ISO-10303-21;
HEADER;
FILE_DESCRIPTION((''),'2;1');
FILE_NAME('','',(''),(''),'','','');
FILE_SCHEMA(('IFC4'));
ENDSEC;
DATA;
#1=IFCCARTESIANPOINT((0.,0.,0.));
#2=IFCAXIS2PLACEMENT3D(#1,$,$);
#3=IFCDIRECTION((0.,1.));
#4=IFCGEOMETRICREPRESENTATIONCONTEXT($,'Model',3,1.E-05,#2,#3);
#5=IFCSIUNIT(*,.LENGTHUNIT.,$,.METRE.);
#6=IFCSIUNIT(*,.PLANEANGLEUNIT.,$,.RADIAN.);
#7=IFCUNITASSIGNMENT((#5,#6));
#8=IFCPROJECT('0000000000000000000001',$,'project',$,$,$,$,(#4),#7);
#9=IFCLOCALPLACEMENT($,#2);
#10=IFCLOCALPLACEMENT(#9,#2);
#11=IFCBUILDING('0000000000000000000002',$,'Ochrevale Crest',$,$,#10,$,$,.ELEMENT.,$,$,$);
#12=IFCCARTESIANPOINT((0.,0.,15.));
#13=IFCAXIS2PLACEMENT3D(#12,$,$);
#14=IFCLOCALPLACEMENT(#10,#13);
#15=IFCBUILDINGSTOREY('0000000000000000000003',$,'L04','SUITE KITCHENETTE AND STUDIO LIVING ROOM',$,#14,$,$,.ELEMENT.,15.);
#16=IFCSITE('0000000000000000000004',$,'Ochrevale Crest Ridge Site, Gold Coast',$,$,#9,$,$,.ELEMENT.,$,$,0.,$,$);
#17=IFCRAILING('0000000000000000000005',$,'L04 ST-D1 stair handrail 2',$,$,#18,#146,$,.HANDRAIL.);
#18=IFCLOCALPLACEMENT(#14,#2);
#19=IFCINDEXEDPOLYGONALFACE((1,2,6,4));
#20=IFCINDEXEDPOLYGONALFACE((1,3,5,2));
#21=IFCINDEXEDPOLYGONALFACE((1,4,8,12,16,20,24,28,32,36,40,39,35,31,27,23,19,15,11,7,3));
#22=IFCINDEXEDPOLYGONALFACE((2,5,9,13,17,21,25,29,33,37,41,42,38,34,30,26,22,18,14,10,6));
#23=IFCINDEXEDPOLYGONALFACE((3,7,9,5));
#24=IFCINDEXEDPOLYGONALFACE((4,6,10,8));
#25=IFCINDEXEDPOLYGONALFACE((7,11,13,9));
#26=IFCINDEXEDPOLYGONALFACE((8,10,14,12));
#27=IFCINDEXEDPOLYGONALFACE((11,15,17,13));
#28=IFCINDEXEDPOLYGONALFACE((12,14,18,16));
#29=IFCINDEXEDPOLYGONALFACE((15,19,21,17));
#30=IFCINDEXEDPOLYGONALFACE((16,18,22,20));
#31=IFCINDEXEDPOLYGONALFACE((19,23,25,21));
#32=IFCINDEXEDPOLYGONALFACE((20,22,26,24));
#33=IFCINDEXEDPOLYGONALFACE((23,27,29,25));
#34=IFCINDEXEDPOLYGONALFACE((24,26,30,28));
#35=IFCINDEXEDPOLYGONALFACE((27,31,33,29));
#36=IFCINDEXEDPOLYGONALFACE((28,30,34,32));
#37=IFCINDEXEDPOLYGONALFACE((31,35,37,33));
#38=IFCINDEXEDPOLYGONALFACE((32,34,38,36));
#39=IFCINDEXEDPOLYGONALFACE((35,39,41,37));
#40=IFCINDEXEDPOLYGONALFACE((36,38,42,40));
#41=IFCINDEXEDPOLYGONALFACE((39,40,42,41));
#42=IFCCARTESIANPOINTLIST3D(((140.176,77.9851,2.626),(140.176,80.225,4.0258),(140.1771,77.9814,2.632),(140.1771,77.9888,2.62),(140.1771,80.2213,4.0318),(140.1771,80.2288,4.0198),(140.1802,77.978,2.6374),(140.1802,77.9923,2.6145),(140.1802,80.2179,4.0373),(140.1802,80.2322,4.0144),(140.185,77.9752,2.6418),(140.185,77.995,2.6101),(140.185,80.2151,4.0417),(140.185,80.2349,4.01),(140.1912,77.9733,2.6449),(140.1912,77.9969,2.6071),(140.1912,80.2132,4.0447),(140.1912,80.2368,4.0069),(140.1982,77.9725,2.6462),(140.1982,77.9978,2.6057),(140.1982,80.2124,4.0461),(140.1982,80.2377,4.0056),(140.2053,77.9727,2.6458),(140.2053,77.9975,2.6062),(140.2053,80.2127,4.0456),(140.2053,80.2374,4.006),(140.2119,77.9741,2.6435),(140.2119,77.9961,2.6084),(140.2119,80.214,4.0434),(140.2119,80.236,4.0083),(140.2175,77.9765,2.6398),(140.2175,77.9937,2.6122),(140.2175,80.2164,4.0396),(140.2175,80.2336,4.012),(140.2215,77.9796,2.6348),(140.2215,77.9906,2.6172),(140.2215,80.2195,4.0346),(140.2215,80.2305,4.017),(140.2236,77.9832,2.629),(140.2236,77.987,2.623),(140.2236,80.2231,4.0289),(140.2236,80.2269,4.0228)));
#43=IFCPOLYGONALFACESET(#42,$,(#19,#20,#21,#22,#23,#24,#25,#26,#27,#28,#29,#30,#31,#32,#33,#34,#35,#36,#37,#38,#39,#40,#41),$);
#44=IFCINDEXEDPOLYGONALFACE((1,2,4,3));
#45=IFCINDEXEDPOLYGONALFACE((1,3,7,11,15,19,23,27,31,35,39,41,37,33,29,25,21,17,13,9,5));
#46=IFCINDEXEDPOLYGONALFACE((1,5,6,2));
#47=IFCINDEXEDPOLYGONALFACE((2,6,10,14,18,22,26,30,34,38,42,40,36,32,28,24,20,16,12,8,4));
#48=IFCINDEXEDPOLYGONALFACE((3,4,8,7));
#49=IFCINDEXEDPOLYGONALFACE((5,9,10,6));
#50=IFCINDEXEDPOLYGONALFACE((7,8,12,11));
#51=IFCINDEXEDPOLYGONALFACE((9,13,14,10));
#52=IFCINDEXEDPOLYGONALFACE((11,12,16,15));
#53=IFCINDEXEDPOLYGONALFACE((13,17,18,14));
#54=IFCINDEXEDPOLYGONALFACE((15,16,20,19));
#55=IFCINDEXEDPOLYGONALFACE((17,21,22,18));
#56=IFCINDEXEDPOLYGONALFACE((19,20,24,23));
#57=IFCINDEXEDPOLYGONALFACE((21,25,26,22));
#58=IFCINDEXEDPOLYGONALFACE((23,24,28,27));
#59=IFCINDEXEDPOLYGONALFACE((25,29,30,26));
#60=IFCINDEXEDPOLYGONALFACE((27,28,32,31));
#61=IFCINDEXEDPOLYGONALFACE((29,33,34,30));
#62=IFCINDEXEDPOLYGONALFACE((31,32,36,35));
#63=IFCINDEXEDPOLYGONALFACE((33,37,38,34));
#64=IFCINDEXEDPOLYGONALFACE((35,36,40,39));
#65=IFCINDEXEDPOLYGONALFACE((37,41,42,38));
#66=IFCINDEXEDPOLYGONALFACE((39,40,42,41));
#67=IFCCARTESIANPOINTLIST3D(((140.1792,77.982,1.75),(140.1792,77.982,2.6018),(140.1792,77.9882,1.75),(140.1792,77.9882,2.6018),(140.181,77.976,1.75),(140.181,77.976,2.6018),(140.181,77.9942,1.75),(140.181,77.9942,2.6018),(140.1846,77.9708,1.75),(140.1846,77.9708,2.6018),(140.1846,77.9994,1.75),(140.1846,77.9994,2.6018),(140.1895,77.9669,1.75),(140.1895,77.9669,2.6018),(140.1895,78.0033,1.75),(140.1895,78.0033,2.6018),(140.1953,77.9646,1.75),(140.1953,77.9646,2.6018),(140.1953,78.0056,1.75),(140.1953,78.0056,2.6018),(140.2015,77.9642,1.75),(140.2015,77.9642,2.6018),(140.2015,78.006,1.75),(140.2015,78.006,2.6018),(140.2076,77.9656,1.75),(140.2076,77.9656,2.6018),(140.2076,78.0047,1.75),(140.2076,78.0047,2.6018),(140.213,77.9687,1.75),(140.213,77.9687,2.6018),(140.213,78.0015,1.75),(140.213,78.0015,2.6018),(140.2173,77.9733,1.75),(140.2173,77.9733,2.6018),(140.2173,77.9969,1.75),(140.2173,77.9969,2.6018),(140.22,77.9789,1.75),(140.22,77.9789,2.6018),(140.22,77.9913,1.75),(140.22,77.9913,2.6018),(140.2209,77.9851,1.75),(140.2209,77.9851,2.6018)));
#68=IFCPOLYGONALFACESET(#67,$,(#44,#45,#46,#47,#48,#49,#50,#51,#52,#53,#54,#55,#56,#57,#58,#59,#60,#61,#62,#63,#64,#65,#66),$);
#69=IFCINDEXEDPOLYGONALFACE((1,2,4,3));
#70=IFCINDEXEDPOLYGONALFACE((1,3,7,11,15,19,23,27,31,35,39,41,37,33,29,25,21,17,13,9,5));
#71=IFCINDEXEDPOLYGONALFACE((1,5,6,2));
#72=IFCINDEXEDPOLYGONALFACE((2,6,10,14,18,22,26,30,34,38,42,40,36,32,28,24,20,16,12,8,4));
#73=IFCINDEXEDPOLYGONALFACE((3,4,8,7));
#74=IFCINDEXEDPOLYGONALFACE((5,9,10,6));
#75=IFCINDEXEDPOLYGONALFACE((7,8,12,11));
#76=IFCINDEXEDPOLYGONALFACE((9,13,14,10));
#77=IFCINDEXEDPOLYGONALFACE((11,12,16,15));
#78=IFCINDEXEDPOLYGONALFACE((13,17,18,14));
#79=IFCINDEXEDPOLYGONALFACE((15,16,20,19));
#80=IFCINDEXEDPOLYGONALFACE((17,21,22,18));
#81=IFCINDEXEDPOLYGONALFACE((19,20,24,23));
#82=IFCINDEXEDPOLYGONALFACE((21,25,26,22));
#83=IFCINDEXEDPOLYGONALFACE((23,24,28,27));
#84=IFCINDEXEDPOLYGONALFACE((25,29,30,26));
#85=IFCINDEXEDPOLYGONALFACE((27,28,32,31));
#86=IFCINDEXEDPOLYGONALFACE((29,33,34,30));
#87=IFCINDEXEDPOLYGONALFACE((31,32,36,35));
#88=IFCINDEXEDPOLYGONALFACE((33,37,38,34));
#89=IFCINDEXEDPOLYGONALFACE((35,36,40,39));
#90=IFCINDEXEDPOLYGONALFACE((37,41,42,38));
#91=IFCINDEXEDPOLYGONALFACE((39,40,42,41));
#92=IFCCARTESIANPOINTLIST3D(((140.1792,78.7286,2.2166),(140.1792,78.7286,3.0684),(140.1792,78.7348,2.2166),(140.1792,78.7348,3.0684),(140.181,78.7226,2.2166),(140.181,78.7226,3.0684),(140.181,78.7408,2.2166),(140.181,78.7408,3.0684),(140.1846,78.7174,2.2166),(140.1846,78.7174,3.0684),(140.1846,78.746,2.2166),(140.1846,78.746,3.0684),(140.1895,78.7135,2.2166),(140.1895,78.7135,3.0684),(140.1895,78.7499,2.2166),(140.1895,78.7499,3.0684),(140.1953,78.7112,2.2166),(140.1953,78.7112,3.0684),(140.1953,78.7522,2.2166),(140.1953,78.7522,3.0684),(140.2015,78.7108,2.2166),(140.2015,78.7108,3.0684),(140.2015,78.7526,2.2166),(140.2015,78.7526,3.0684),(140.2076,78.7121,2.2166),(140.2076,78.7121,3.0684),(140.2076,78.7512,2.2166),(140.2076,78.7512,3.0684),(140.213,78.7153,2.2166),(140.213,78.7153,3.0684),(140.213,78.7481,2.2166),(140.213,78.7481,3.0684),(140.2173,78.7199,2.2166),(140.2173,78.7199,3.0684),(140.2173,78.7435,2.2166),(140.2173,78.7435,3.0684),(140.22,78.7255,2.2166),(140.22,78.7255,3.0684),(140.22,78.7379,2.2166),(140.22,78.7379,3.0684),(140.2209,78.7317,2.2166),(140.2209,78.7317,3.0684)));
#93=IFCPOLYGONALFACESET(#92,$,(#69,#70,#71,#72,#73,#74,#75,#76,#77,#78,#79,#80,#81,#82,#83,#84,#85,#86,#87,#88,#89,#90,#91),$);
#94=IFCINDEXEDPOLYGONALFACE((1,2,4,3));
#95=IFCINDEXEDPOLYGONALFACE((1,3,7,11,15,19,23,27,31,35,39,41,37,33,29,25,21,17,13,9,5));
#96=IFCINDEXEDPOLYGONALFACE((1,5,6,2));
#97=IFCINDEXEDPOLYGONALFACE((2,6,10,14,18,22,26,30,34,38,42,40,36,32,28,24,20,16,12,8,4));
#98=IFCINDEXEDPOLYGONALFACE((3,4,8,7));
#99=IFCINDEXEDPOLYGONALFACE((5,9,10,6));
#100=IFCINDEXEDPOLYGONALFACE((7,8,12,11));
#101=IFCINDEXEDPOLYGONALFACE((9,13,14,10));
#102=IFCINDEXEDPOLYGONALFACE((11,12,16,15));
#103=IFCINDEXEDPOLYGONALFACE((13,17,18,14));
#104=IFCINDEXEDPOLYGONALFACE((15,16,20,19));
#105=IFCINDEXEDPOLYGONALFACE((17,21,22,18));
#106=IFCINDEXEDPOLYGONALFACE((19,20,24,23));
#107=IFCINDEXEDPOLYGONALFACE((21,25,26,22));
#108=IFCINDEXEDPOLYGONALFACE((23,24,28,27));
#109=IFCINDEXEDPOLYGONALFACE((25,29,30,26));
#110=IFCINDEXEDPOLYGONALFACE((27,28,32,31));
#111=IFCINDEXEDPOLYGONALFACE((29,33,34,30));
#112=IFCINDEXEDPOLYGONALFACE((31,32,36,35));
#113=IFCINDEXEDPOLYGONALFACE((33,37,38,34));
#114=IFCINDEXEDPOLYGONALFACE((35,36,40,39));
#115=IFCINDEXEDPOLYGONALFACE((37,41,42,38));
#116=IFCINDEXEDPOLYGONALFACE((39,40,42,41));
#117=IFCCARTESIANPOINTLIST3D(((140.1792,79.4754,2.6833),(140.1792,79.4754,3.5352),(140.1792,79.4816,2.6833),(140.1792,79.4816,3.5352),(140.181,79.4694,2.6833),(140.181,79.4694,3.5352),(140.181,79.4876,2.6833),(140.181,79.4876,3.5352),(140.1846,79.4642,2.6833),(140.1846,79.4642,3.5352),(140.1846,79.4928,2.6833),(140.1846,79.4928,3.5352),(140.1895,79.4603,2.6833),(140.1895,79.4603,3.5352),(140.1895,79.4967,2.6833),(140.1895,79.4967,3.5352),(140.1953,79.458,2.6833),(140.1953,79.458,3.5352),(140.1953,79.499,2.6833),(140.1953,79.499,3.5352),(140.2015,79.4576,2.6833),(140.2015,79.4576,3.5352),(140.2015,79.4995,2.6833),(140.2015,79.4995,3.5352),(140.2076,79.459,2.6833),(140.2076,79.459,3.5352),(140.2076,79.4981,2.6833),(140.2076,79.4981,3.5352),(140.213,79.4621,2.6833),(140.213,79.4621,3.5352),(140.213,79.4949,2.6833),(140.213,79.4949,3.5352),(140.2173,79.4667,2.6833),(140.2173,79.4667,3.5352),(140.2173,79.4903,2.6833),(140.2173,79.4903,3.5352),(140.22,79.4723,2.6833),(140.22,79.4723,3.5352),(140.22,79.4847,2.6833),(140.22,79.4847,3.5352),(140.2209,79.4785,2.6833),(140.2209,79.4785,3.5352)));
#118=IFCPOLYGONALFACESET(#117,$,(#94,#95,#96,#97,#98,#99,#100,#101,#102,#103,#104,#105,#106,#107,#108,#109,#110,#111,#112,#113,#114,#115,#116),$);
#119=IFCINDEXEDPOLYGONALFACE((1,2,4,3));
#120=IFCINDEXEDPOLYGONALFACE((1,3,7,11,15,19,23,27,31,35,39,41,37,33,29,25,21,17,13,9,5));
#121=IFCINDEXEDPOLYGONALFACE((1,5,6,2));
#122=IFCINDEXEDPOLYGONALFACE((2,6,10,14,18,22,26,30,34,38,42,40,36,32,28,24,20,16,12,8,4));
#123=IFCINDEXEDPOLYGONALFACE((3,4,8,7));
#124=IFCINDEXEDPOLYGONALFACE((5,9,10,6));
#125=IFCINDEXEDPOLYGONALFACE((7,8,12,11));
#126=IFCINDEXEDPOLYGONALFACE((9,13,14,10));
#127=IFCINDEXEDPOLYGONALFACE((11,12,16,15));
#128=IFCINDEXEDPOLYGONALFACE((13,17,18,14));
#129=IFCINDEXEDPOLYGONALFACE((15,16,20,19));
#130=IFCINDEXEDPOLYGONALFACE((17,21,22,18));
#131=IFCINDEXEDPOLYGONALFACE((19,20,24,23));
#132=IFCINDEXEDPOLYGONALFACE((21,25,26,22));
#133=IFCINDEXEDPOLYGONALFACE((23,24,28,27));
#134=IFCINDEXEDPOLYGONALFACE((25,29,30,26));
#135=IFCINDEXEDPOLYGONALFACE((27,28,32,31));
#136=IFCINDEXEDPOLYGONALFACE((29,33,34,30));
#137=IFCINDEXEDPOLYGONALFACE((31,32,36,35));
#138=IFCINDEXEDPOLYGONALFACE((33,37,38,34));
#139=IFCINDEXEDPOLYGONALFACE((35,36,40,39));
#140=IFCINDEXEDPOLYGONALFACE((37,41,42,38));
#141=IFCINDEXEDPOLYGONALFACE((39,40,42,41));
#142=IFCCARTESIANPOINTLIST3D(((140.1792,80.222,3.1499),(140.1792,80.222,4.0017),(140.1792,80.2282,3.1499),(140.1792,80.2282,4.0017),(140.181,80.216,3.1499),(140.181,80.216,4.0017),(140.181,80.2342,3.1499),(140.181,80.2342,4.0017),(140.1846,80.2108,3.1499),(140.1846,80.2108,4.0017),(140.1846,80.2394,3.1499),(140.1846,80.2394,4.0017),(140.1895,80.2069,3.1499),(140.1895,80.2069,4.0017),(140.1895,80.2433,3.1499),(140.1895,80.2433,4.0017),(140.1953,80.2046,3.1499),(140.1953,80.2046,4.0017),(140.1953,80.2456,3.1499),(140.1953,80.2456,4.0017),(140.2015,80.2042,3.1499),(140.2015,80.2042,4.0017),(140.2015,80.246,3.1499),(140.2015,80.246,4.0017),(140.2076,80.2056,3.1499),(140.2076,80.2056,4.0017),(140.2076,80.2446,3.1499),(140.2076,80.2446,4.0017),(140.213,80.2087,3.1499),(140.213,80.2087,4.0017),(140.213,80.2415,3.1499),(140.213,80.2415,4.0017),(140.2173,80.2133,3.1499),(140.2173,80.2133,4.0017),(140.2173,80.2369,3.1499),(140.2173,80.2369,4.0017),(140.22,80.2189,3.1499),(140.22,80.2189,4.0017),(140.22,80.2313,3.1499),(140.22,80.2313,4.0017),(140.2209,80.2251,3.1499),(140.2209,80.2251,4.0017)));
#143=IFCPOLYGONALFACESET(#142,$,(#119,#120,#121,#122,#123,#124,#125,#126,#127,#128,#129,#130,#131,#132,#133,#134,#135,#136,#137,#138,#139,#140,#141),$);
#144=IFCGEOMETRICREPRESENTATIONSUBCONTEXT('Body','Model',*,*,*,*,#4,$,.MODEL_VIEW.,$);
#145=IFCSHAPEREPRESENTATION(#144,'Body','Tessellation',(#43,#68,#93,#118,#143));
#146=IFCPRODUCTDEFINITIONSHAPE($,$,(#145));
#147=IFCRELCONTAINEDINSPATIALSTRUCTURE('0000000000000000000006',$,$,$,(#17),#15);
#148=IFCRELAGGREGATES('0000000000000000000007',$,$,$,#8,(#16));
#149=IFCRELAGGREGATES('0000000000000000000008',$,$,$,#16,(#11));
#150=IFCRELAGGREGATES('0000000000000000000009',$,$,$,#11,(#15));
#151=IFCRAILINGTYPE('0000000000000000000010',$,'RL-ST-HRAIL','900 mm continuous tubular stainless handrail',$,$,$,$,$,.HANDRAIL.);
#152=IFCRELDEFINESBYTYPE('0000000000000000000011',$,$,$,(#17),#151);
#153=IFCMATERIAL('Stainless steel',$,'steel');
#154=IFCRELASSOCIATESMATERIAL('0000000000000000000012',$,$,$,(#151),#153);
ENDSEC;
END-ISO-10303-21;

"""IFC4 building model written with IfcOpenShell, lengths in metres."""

from ifc_helpers import new_model, si_unit, direction, frame, origin, origin_2d, place, context, subcontext, project, spatial, circle, extrude, material, type_object, element, save


model = new_model("IFC4")

# Units and contexts
model_context = context("Model", 3, precision=1e-05, world=origin(), true_north=direction((0.0, 1.0)))
body_context = subcontext(model_context, "Body", "Model", "MODEL_VIEW")
ifc_project = project(units=[si_unit("LENGTHUNIT", "METRE"), si_unit("PLANEANGLEUNIT", "RADIAN")], contexts=[model_context])

# Site, building, storey
site_placement = place(None, origin())
site = spatial("IfcSite", under=ifc_project, at=site_placement, Name="Ochrevale Crest Ridge Site, Gold Coast", CompositionType="ELEMENT", RefElevation=0.0)
building_placement = place(site_placement, origin())
building = spatial("IfcBuilding", under=site, at=building_placement, Name="Ochrevale Crest", CompositionType="ELEMENT")
storey_placement = place(building_placement, frame((0.0, 0.0, 15.0)))
storey = spatial("IfcBuildingStorey", under=building, at=storey_placement, Name="L04", Description="SUITE KITCHENETTE AND STUDIO LIVING ROOM", CompositionType="ELEMENT", Elevation=15.0)

# Railing
ifc_material_1 = material(Name="Stainless steel", Category="steel")
railing_type = type_object("IfcRailingType", Name="RL-ST-HRAIL", Description="900 mm continuous tubular stainless handrail", PredefinedType="HANDRAIL", material=ifc_material_1)
railing_placement = place(storey_placement, frame((140.2, 77.9851, 1.75)))
element("IfcRailing", 1, at=railing_placement, inside=storey, type_object=railing_type, Name="L04 ST-D1 stair handrail 2", PredefinedType="HANDRAIL", context=body_context, shape_type="SweptSolid", body=[
    extrude(circle(Radius=0.0239, at=origin_2d()), frame((0.0, 0.0, 0.876), z_axis=(0.0, 0.848014, 0.529974), x_axis=(-1.0, 0.0, 0.0)), (0.0, 0.0, 1.0), 2.6414),
    extrude(circle(Radius=0.021, at=origin_2d()), origin(), (0.0, 0.0, 1.0), 0.8518),
    extrude(circle(Radius=0.021, at=origin_2d()), frame((0.0, 0.7466, 0.4666)), (0.0, 0.0, 1.0), 0.8518),
    extrude(circle(Radius=0.021, at=origin_2d()), frame((0.0, 1.4934, 0.9333)), (0.0, 0.0, 1.0), 0.8518),
    extrude(circle(Radius=0.021, at=origin_2d()), frame((0.0, 2.24, 1.3999)), (0.0, 0.0, 1.0), 0.8518),
])

save(model, "model.ifc")
